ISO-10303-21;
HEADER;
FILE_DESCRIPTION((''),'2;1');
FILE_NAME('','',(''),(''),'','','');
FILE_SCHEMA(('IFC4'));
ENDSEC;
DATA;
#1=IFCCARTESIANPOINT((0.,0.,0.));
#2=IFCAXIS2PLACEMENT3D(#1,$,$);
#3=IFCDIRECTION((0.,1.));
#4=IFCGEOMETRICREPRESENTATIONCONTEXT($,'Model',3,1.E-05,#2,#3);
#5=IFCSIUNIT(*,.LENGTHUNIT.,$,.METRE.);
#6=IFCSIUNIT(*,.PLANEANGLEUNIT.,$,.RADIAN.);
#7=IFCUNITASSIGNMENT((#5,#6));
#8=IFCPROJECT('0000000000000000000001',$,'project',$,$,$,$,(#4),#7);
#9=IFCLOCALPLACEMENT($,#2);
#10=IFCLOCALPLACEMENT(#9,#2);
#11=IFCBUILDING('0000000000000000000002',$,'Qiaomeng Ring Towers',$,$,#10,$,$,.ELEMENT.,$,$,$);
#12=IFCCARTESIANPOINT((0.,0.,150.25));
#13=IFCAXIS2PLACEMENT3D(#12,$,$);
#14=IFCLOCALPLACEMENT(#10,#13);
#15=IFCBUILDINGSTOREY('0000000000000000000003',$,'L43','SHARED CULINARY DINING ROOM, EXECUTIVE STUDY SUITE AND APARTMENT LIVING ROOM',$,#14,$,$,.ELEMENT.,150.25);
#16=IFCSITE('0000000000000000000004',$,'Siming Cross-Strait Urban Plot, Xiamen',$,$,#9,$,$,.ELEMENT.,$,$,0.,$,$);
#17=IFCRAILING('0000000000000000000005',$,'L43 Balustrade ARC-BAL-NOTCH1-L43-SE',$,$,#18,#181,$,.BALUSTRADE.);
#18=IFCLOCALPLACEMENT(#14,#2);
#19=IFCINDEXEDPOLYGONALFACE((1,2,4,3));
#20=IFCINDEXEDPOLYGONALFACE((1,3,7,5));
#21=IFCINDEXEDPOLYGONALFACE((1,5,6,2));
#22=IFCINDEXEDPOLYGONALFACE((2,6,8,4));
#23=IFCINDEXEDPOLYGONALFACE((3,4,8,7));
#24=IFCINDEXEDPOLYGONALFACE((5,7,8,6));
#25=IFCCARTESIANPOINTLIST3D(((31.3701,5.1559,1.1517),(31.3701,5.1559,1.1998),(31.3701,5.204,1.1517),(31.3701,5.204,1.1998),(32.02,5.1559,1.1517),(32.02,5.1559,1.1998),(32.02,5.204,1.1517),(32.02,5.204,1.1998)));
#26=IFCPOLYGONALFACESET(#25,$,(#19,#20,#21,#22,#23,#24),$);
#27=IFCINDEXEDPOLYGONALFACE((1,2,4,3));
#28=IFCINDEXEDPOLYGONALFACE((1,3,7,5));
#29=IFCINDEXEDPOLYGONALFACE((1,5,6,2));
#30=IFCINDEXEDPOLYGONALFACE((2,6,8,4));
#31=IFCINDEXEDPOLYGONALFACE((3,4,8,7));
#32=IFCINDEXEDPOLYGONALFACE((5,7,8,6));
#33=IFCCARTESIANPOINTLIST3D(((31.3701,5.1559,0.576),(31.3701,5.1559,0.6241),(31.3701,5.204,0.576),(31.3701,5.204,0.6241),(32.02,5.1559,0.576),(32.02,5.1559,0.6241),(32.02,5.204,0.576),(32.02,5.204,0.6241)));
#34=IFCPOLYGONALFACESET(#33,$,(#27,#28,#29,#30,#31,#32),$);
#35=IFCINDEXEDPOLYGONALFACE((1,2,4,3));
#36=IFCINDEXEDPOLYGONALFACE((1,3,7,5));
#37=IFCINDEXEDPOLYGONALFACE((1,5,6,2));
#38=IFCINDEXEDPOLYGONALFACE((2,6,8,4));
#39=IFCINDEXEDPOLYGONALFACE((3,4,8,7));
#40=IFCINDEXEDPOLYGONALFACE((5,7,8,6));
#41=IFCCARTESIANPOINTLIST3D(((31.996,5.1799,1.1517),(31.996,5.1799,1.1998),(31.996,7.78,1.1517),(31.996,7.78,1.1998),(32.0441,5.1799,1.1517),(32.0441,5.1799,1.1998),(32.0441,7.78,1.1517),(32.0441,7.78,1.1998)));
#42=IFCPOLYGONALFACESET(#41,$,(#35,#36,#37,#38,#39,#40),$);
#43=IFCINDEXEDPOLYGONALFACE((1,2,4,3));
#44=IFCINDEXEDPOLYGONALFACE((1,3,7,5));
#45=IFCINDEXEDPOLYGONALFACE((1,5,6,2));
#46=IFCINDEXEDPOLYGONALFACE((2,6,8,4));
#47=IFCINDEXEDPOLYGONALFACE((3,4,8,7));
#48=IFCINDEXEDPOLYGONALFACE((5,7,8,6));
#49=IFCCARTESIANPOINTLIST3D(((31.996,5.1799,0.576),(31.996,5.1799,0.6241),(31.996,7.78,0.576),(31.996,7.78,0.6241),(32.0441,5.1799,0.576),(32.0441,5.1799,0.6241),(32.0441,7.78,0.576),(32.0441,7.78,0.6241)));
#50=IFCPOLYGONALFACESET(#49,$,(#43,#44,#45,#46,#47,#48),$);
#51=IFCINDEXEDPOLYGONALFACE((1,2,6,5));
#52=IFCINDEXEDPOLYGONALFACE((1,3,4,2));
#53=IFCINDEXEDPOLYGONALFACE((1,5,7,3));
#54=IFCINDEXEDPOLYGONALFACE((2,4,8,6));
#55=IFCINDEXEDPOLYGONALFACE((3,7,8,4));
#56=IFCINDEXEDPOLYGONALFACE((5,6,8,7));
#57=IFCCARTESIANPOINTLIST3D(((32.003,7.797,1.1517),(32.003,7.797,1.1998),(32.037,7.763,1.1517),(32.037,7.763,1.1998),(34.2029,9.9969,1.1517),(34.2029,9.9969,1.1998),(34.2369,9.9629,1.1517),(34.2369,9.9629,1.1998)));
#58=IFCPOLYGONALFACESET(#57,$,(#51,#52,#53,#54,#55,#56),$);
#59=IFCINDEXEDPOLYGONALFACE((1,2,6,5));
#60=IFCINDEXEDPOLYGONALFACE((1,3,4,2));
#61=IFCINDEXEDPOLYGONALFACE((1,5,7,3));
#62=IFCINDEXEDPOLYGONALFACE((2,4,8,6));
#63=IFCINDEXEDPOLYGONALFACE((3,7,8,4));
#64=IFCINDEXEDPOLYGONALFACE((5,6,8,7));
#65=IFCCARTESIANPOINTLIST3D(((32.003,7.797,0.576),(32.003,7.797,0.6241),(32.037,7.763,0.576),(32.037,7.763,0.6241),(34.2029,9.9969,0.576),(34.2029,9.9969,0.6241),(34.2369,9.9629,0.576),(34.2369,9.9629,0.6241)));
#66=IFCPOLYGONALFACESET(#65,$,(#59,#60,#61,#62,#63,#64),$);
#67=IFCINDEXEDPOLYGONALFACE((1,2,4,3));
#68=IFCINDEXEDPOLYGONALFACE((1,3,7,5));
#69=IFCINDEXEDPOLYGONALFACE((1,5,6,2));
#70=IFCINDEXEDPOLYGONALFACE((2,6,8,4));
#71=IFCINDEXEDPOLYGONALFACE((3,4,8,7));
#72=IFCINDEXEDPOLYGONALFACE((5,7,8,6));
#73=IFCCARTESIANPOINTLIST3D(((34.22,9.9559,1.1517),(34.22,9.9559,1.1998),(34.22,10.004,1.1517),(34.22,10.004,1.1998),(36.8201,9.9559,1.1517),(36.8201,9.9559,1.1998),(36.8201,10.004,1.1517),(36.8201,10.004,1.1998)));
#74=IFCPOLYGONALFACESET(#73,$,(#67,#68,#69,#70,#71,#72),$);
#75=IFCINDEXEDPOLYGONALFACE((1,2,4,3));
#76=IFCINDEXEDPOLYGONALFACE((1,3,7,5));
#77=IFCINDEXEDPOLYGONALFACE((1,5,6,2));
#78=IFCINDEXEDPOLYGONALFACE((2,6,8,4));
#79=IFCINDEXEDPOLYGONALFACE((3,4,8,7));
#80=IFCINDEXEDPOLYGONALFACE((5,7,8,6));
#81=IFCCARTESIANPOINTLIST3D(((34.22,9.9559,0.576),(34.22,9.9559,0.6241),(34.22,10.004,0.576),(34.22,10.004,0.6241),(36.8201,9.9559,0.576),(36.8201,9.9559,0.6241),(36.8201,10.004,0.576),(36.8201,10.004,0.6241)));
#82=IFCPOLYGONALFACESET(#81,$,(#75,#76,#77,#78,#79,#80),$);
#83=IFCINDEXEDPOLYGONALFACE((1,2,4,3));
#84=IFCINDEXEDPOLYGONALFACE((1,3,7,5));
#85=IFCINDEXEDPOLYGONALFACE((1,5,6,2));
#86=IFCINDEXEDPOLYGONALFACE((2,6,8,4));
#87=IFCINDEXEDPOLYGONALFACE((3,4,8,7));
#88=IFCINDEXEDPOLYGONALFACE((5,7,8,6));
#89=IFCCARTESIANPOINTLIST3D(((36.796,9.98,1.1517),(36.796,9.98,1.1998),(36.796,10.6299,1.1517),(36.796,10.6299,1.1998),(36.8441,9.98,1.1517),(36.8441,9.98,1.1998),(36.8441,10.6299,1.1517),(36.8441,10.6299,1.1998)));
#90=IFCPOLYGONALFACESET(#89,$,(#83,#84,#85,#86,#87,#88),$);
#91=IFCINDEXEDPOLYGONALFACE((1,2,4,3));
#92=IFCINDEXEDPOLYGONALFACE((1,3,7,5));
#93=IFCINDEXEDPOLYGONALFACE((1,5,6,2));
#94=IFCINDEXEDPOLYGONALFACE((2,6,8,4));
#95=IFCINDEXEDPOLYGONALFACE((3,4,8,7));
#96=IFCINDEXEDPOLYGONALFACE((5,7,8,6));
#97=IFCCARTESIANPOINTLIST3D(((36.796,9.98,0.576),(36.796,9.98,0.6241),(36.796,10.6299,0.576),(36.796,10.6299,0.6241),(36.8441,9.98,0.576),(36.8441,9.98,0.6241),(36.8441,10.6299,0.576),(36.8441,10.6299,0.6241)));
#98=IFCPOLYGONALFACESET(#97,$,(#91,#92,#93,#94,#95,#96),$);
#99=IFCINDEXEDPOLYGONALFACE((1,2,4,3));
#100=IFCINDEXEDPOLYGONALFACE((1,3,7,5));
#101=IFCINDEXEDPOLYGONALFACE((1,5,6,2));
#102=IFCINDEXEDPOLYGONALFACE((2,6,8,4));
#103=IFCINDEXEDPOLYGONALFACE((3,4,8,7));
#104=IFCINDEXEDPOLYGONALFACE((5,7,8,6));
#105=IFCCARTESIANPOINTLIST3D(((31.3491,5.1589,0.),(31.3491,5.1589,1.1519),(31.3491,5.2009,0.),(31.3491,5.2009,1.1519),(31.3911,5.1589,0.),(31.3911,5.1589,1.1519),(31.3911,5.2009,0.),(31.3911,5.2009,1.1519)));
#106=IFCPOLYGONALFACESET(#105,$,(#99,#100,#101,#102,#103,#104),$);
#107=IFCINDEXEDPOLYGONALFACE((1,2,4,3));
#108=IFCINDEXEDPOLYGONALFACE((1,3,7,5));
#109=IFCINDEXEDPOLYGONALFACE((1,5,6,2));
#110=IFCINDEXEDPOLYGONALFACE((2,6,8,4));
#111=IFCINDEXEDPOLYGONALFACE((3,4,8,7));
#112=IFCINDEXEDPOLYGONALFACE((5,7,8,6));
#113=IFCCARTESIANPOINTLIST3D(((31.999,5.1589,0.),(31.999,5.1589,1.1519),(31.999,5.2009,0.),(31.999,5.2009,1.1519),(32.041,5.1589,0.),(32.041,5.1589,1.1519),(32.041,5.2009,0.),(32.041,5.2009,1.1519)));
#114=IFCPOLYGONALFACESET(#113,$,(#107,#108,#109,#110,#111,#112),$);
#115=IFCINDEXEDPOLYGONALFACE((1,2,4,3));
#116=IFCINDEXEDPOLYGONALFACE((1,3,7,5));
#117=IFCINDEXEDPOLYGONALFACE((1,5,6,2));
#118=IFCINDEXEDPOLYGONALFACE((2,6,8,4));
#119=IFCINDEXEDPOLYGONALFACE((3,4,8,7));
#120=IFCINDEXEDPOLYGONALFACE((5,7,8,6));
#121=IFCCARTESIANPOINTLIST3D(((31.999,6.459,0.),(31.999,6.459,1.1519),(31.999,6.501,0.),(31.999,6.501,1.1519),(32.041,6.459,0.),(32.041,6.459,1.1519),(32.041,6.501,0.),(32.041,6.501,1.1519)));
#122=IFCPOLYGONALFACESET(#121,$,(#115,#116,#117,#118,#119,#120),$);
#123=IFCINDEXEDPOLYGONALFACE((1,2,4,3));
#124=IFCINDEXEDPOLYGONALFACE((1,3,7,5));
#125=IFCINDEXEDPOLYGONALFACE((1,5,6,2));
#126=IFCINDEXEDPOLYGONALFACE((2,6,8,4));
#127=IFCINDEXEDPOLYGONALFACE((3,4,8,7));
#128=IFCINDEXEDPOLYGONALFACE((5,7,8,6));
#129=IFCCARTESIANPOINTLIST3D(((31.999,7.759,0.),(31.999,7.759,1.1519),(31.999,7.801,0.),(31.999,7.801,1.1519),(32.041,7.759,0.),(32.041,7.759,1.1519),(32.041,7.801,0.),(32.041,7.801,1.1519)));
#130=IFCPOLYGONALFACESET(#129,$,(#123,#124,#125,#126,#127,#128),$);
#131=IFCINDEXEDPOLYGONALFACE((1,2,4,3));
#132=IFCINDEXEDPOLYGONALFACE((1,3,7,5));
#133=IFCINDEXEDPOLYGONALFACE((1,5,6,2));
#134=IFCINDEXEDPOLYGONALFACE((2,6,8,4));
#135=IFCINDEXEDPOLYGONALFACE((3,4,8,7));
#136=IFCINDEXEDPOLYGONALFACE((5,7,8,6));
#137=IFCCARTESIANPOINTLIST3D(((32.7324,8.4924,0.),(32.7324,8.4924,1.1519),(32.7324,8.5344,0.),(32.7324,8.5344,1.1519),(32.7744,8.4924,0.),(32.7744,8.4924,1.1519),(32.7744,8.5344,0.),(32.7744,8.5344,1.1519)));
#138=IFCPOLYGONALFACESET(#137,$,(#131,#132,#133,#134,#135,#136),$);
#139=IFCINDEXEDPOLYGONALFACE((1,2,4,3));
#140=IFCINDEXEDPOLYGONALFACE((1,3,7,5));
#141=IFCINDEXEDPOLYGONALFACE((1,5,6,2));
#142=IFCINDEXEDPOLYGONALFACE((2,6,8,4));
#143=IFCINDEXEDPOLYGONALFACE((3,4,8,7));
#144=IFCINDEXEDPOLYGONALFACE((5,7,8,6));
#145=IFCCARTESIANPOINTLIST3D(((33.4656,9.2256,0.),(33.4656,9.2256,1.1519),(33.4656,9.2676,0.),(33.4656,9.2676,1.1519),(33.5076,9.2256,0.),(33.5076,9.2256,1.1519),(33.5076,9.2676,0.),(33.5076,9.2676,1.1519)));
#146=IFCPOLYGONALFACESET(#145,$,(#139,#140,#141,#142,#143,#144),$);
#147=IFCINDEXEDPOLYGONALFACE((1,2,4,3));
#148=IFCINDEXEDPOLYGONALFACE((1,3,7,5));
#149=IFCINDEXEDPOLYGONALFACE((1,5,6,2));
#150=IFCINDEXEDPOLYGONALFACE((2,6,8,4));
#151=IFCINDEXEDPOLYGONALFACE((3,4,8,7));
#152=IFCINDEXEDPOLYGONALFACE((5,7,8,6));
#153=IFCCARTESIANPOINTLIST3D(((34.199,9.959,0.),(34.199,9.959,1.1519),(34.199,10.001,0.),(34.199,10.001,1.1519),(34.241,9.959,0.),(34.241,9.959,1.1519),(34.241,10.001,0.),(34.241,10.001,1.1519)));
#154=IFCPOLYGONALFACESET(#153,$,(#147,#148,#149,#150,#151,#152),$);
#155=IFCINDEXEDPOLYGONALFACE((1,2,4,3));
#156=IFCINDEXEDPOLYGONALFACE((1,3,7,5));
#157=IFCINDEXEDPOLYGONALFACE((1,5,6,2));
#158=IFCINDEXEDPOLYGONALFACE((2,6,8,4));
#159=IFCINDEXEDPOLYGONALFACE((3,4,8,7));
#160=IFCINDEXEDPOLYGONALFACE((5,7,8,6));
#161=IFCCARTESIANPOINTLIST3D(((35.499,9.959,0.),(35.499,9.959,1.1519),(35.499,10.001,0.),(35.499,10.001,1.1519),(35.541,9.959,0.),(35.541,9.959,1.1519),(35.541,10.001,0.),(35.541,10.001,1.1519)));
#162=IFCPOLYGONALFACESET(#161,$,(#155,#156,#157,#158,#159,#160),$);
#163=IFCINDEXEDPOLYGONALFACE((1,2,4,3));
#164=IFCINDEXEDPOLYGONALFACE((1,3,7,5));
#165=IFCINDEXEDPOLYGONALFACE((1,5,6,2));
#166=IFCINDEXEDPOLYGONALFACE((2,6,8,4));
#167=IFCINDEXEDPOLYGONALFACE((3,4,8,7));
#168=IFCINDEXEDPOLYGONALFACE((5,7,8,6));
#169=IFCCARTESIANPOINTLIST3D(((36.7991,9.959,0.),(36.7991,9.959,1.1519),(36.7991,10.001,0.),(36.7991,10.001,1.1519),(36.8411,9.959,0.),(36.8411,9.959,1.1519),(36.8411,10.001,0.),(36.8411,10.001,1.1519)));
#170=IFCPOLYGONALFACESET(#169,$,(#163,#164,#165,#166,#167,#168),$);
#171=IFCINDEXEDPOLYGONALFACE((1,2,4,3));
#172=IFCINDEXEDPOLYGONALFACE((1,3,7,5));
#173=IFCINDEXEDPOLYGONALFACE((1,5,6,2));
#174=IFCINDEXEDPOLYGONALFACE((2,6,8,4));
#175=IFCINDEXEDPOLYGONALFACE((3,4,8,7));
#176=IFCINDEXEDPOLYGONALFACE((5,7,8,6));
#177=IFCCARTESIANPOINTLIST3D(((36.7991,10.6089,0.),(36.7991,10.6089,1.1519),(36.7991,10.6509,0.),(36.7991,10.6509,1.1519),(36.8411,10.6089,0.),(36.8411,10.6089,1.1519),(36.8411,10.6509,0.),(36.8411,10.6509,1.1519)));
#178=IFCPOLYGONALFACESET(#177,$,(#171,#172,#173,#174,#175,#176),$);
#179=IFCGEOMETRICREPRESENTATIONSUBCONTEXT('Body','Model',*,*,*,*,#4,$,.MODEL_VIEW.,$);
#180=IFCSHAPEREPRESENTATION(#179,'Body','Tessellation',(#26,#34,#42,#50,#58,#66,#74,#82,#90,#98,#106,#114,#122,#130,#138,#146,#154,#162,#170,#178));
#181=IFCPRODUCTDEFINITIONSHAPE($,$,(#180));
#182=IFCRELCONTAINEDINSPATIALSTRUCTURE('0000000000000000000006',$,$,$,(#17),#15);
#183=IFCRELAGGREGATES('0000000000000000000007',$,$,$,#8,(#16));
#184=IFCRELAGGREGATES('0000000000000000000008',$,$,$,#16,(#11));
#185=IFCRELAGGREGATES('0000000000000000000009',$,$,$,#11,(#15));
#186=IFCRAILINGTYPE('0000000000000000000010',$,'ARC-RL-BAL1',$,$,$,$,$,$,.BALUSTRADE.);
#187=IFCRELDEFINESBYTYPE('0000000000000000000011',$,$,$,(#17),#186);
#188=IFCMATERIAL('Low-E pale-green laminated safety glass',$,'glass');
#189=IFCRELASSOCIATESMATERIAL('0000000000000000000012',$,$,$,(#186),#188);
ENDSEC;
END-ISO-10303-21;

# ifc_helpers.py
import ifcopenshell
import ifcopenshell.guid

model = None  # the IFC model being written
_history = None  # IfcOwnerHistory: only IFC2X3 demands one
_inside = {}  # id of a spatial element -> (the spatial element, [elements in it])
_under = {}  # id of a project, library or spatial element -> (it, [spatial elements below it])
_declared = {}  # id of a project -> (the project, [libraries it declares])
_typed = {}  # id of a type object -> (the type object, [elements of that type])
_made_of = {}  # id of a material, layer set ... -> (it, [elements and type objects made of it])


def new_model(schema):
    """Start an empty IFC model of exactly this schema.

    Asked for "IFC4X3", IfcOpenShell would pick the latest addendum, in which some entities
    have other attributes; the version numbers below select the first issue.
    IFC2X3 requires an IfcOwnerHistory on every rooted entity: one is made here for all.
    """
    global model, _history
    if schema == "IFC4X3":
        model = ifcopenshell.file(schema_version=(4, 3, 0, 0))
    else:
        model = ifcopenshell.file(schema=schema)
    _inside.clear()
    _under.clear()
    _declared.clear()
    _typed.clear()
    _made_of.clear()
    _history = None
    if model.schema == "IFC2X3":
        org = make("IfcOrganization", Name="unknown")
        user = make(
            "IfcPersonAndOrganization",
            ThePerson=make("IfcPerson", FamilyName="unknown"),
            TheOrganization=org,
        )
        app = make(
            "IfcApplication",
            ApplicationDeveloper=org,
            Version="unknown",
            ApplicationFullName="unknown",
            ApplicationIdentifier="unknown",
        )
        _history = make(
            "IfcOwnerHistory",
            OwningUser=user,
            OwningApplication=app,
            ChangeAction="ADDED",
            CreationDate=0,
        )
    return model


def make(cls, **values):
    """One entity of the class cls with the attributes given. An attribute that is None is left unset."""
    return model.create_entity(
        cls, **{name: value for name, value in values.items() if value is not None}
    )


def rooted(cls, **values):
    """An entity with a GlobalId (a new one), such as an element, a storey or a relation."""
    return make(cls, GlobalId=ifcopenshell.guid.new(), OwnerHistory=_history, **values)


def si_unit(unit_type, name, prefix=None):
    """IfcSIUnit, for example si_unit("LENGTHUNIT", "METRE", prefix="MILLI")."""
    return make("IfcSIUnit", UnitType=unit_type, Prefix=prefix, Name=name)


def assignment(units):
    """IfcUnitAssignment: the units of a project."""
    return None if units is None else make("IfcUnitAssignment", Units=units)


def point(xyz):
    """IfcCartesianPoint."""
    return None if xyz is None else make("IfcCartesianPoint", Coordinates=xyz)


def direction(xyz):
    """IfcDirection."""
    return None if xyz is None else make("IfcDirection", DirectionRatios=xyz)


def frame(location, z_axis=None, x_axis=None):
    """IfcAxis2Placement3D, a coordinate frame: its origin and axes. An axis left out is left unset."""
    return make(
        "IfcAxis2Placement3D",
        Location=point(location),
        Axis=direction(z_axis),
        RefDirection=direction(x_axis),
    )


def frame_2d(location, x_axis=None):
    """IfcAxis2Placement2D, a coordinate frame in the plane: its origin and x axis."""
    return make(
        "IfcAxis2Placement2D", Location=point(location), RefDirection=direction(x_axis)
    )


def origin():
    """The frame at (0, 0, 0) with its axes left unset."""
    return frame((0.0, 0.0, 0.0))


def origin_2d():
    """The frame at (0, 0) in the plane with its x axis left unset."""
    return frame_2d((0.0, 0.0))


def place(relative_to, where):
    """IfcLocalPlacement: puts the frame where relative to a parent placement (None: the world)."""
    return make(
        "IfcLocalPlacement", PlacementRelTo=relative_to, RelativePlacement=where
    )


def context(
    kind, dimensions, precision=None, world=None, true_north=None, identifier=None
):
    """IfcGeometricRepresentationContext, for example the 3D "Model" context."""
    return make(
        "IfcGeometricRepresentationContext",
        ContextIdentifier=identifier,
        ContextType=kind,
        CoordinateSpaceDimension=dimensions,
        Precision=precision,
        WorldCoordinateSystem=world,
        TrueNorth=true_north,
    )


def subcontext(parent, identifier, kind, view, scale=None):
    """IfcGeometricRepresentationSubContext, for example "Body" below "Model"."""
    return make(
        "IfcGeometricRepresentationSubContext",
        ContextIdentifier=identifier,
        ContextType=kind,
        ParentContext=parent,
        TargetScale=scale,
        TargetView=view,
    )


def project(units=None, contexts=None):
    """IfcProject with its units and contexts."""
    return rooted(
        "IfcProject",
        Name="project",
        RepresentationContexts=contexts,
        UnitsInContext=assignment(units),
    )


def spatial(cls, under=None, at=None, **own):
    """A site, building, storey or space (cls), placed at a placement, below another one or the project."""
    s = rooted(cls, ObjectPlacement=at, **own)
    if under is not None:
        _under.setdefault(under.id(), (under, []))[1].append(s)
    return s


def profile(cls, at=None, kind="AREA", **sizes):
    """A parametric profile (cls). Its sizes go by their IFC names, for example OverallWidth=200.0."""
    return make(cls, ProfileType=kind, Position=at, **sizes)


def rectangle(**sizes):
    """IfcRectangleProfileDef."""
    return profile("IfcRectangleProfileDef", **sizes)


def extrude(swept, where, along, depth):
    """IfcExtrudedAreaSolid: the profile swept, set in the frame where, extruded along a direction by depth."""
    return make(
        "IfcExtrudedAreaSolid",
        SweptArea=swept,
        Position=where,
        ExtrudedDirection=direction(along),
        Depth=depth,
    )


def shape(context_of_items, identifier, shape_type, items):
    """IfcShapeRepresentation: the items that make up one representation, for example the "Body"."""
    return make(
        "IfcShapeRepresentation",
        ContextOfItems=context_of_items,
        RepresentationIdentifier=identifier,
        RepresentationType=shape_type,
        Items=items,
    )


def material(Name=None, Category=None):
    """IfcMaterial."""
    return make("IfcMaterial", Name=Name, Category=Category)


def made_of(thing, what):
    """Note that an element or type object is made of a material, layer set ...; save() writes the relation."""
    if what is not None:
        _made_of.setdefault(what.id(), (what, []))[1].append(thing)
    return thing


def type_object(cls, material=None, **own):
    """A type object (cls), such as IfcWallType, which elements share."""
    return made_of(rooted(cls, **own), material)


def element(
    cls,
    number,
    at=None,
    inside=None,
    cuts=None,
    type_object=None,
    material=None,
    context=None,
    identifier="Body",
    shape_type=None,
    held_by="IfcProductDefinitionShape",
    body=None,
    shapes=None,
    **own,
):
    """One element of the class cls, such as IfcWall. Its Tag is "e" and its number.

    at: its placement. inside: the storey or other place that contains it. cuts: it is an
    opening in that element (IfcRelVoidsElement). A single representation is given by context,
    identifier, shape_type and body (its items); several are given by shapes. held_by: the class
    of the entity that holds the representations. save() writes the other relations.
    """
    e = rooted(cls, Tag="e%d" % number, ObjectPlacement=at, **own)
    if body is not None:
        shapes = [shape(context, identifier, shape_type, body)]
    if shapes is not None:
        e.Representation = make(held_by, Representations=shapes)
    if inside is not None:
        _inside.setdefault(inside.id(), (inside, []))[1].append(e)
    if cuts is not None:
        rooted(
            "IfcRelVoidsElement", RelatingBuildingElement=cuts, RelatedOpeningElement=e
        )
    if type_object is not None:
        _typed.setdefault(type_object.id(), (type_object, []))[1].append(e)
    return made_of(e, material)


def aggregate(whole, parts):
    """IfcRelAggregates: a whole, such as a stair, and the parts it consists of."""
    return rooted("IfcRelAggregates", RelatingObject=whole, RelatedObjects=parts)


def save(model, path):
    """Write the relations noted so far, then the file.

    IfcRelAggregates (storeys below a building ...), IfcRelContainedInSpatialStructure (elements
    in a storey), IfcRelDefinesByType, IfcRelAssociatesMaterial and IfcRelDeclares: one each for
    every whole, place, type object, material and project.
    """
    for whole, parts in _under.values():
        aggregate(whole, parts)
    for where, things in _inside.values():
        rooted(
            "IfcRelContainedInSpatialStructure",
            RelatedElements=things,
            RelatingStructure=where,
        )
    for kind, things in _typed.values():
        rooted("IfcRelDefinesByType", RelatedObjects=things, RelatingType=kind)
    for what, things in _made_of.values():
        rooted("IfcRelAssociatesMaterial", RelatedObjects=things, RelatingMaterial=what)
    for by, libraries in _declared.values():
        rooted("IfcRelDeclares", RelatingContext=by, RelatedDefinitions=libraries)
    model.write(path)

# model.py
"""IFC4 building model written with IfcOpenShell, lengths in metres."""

from ifc_helpers import new_model, si_unit, direction, frame, origin, origin_2d, place, context, subcontext, project, spatial, rectangle, extrude, material, type_object, element, save


model = new_model("IFC4")

# Units and contexts
model_context = context("Model", 3, precision=1e-05, world=origin(), true_north=direction((0.0, 1.0)))
body_context = subcontext(model_context, "Body", "Model", "MODEL_VIEW")
ifc_project = project(units=[si_unit("LENGTHUNIT", "METRE"), si_unit("PLANEANGLEUNIT", "RADIAN")], contexts=[model_context])

# Site, building, storey
site_placement = place(None, origin())
site = spatial("IfcSite", under=ifc_project, at=site_placement, Name="Siming Cross-Strait Urban Plot, Xiamen", CompositionType="ELEMENT", RefElevation=0.0)
building_placement = place(site_placement, origin())
building = spatial("IfcBuilding", under=site, at=building_placement, Name="Qiaomeng Ring Towers", CompositionType="ELEMENT")
storey_placement = place(building_placement, frame((0.0, 0.0, 150.25)))
storey = spatial("IfcBuildingStorey", under=building, at=storey_placement, Name="L43", Description="SHARED CULINARY DINING ROOM, EXECUTIVE STUDY SUITE AND APARTMENT LIVING ROOM", CompositionType="ELEMENT", Elevation=150.25)

# Railing
ifc_material_1 = material(Name="Low-E pale-green laminated safety glass", Category="glass")
railing_type = type_object("IfcRailingType", Name="ARC-RL-BAL1", PredefinedType="BALUSTRADE", material=ifc_material_1)
railing_placement = place(storey_placement, frame((31.3701, 5.1799, 0.0)))
element("IfcRailing", 1, at=railing_placement, inside=storey, type_object=railing_type, Name="L43 Balustrade ARC-BAL-NOTCH1-L43-SE", PredefinedType="BALUSTRADE", context=body_context, shape_type="SweptSolid", body=[
    extrude(rectangle(XDim=0.0481, YDim=0.0481, at=origin_2d()), frame((0.0, 0.0, 1.1758), z_axis=(1.0, 0.0, 0.0), x_axis=(0.0, 1.0, 0.0)), (0.0, 0.0, 1.0), 0.6499),
    extrude(rectangle(XDim=0.0481, YDim=0.0481, at=origin_2d()), frame((0.0, 0.0, 0.6001), z_axis=(1.0, 0.0, 0.0), x_axis=(0.0, 1.0, 0.0)), (0.0, 0.0, 1.0), 0.6499),
    extrude(rectangle(XDim=0.0481, YDim=0.0481, at=origin_2d()), frame((0.6499, 0.0, 1.1758), z_axis=(0.0, 1.0, 0.0), x_axis=(-1.0, 0.0, 0.0)), (0.0, 0.0, 1.0), 2.6001),
    extrude(rectangle(XDim=0.0481, YDim=0.0481, at=origin_2d()), frame((0.6499, 0.0, 0.6001), z_axis=(0.0, 1.0, 0.0), x_axis=(-1.0, 0.0, 0.0)), (0.0, 0.0, 1.0), 2.6001),
    extrude(rectangle(XDim=0.0481, YDim=0.0481, at=origin_2d()), frame((0.6499, 2.6001, 1.1758), z_axis=(0.707107, 0.707107, 0.0), x_axis=(-0.707107, 0.707107, 0.0)), (0.0, 0.0, 1.0), 3.1111),
    extrude(rectangle(XDim=0.0481, YDim=0.0481, at=origin_2d()), frame((0.6499, 2.6001, 0.6001), z_axis=(0.707107, 0.707107, 0.0), x_axis=(-0.707107, 0.707107, 0.0)), (0.0, 0.0, 1.0), 3.1111),
    extrude(rectangle(XDim=0.0481, YDim=0.0481, at=origin_2d()), frame((2.8499, 4.8, 1.1758), z_axis=(1.0, 0.0, 0.0), x_axis=(0.0, 1.0, 0.0)), (0.0, 0.0, 1.0), 2.6001),
    extrude(rectangle(XDim=0.0481, YDim=0.0481, at=origin_2d()), frame((2.8499, 4.8, 0.6001), z_axis=(1.0, 0.0, 0.0), x_axis=(0.0, 1.0, 0.0)), (0.0, 0.0, 1.0), 2.6001),
    extrude(rectangle(XDim=0.0481, YDim=0.0481, at=origin_2d()), frame((5.45, 4.8, 1.1758), z_axis=(0.0, 1.0, 0.0), x_axis=(-1.0, 0.0, 0.0)), (0.0, 0.0, 1.0), 0.6499),
    extrude(rectangle(XDim=0.0481, YDim=0.0481, at=origin_2d()), frame((5.45, 4.8, 0.6001), z_axis=(0.0, 1.0, 0.0), x_axis=(-1.0, 0.0, 0.0)), (0.0, 0.0, 1.0), 0.6499),
    extrude(rectangle(XDim=0.042, YDim=0.042, at=origin_2d()), origin(), (0.0, 0.0, 1.0), 1.1519),
    extrude(rectangle(XDim=0.042, YDim=0.042, at=origin_2d()), frame((0.6499, 0.0, 0.0)), (0.0, 0.0, 1.0), 1.1519),
    extrude(rectangle(XDim=0.042, YDim=0.042, at=origin_2d()), frame((0.6499, 1.3, 0.0)), (0.0, 0.0, 1.0), 1.1519),
    extrude(rectangle(XDim=0.042, YDim=0.042, at=origin_2d()), frame((0.6499, 2.6001, 0.0)), (0.0, 0.0, 1.0), 1.1519),
    extrude(rectangle(XDim=0.042, YDim=0.042, at=origin_2d()), frame((1.3833, 3.3335, 0.0)), (0.0, 0.0, 1.0), 1.1519),
    extrude(rectangle(XDim=0.042, YDim=0.042, at=origin_2d()), frame((2.1165, 4.0667, 0.0)), (0.0, 0.0, 1.0), 1.1519),
    extrude(rectangle(XDim=0.042, YDim=0.042, at=origin_2d()), frame((2.8499, 4.8, 0.0)), (0.0, 0.0, 1.0), 1.1519),
    extrude(rectangle(XDim=0.042, YDim=0.042, at=origin_2d()), frame((4.1499, 4.8, 0.0)), (0.0, 0.0, 1.0), 1.1519),
    extrude(rectangle(XDim=0.042, YDim=0.042, at=origin_2d()), frame((5.45, 4.8, 0.0)), (0.0, 0.0, 1.0), 1.1519),
    extrude(rectangle(XDim=0.042, YDim=0.042, at=origin_2d()), frame((5.45, 5.45, 0.0)), (0.0, 0.0, 1.0), 1.1519),
])

save(model, "model.ifc")
